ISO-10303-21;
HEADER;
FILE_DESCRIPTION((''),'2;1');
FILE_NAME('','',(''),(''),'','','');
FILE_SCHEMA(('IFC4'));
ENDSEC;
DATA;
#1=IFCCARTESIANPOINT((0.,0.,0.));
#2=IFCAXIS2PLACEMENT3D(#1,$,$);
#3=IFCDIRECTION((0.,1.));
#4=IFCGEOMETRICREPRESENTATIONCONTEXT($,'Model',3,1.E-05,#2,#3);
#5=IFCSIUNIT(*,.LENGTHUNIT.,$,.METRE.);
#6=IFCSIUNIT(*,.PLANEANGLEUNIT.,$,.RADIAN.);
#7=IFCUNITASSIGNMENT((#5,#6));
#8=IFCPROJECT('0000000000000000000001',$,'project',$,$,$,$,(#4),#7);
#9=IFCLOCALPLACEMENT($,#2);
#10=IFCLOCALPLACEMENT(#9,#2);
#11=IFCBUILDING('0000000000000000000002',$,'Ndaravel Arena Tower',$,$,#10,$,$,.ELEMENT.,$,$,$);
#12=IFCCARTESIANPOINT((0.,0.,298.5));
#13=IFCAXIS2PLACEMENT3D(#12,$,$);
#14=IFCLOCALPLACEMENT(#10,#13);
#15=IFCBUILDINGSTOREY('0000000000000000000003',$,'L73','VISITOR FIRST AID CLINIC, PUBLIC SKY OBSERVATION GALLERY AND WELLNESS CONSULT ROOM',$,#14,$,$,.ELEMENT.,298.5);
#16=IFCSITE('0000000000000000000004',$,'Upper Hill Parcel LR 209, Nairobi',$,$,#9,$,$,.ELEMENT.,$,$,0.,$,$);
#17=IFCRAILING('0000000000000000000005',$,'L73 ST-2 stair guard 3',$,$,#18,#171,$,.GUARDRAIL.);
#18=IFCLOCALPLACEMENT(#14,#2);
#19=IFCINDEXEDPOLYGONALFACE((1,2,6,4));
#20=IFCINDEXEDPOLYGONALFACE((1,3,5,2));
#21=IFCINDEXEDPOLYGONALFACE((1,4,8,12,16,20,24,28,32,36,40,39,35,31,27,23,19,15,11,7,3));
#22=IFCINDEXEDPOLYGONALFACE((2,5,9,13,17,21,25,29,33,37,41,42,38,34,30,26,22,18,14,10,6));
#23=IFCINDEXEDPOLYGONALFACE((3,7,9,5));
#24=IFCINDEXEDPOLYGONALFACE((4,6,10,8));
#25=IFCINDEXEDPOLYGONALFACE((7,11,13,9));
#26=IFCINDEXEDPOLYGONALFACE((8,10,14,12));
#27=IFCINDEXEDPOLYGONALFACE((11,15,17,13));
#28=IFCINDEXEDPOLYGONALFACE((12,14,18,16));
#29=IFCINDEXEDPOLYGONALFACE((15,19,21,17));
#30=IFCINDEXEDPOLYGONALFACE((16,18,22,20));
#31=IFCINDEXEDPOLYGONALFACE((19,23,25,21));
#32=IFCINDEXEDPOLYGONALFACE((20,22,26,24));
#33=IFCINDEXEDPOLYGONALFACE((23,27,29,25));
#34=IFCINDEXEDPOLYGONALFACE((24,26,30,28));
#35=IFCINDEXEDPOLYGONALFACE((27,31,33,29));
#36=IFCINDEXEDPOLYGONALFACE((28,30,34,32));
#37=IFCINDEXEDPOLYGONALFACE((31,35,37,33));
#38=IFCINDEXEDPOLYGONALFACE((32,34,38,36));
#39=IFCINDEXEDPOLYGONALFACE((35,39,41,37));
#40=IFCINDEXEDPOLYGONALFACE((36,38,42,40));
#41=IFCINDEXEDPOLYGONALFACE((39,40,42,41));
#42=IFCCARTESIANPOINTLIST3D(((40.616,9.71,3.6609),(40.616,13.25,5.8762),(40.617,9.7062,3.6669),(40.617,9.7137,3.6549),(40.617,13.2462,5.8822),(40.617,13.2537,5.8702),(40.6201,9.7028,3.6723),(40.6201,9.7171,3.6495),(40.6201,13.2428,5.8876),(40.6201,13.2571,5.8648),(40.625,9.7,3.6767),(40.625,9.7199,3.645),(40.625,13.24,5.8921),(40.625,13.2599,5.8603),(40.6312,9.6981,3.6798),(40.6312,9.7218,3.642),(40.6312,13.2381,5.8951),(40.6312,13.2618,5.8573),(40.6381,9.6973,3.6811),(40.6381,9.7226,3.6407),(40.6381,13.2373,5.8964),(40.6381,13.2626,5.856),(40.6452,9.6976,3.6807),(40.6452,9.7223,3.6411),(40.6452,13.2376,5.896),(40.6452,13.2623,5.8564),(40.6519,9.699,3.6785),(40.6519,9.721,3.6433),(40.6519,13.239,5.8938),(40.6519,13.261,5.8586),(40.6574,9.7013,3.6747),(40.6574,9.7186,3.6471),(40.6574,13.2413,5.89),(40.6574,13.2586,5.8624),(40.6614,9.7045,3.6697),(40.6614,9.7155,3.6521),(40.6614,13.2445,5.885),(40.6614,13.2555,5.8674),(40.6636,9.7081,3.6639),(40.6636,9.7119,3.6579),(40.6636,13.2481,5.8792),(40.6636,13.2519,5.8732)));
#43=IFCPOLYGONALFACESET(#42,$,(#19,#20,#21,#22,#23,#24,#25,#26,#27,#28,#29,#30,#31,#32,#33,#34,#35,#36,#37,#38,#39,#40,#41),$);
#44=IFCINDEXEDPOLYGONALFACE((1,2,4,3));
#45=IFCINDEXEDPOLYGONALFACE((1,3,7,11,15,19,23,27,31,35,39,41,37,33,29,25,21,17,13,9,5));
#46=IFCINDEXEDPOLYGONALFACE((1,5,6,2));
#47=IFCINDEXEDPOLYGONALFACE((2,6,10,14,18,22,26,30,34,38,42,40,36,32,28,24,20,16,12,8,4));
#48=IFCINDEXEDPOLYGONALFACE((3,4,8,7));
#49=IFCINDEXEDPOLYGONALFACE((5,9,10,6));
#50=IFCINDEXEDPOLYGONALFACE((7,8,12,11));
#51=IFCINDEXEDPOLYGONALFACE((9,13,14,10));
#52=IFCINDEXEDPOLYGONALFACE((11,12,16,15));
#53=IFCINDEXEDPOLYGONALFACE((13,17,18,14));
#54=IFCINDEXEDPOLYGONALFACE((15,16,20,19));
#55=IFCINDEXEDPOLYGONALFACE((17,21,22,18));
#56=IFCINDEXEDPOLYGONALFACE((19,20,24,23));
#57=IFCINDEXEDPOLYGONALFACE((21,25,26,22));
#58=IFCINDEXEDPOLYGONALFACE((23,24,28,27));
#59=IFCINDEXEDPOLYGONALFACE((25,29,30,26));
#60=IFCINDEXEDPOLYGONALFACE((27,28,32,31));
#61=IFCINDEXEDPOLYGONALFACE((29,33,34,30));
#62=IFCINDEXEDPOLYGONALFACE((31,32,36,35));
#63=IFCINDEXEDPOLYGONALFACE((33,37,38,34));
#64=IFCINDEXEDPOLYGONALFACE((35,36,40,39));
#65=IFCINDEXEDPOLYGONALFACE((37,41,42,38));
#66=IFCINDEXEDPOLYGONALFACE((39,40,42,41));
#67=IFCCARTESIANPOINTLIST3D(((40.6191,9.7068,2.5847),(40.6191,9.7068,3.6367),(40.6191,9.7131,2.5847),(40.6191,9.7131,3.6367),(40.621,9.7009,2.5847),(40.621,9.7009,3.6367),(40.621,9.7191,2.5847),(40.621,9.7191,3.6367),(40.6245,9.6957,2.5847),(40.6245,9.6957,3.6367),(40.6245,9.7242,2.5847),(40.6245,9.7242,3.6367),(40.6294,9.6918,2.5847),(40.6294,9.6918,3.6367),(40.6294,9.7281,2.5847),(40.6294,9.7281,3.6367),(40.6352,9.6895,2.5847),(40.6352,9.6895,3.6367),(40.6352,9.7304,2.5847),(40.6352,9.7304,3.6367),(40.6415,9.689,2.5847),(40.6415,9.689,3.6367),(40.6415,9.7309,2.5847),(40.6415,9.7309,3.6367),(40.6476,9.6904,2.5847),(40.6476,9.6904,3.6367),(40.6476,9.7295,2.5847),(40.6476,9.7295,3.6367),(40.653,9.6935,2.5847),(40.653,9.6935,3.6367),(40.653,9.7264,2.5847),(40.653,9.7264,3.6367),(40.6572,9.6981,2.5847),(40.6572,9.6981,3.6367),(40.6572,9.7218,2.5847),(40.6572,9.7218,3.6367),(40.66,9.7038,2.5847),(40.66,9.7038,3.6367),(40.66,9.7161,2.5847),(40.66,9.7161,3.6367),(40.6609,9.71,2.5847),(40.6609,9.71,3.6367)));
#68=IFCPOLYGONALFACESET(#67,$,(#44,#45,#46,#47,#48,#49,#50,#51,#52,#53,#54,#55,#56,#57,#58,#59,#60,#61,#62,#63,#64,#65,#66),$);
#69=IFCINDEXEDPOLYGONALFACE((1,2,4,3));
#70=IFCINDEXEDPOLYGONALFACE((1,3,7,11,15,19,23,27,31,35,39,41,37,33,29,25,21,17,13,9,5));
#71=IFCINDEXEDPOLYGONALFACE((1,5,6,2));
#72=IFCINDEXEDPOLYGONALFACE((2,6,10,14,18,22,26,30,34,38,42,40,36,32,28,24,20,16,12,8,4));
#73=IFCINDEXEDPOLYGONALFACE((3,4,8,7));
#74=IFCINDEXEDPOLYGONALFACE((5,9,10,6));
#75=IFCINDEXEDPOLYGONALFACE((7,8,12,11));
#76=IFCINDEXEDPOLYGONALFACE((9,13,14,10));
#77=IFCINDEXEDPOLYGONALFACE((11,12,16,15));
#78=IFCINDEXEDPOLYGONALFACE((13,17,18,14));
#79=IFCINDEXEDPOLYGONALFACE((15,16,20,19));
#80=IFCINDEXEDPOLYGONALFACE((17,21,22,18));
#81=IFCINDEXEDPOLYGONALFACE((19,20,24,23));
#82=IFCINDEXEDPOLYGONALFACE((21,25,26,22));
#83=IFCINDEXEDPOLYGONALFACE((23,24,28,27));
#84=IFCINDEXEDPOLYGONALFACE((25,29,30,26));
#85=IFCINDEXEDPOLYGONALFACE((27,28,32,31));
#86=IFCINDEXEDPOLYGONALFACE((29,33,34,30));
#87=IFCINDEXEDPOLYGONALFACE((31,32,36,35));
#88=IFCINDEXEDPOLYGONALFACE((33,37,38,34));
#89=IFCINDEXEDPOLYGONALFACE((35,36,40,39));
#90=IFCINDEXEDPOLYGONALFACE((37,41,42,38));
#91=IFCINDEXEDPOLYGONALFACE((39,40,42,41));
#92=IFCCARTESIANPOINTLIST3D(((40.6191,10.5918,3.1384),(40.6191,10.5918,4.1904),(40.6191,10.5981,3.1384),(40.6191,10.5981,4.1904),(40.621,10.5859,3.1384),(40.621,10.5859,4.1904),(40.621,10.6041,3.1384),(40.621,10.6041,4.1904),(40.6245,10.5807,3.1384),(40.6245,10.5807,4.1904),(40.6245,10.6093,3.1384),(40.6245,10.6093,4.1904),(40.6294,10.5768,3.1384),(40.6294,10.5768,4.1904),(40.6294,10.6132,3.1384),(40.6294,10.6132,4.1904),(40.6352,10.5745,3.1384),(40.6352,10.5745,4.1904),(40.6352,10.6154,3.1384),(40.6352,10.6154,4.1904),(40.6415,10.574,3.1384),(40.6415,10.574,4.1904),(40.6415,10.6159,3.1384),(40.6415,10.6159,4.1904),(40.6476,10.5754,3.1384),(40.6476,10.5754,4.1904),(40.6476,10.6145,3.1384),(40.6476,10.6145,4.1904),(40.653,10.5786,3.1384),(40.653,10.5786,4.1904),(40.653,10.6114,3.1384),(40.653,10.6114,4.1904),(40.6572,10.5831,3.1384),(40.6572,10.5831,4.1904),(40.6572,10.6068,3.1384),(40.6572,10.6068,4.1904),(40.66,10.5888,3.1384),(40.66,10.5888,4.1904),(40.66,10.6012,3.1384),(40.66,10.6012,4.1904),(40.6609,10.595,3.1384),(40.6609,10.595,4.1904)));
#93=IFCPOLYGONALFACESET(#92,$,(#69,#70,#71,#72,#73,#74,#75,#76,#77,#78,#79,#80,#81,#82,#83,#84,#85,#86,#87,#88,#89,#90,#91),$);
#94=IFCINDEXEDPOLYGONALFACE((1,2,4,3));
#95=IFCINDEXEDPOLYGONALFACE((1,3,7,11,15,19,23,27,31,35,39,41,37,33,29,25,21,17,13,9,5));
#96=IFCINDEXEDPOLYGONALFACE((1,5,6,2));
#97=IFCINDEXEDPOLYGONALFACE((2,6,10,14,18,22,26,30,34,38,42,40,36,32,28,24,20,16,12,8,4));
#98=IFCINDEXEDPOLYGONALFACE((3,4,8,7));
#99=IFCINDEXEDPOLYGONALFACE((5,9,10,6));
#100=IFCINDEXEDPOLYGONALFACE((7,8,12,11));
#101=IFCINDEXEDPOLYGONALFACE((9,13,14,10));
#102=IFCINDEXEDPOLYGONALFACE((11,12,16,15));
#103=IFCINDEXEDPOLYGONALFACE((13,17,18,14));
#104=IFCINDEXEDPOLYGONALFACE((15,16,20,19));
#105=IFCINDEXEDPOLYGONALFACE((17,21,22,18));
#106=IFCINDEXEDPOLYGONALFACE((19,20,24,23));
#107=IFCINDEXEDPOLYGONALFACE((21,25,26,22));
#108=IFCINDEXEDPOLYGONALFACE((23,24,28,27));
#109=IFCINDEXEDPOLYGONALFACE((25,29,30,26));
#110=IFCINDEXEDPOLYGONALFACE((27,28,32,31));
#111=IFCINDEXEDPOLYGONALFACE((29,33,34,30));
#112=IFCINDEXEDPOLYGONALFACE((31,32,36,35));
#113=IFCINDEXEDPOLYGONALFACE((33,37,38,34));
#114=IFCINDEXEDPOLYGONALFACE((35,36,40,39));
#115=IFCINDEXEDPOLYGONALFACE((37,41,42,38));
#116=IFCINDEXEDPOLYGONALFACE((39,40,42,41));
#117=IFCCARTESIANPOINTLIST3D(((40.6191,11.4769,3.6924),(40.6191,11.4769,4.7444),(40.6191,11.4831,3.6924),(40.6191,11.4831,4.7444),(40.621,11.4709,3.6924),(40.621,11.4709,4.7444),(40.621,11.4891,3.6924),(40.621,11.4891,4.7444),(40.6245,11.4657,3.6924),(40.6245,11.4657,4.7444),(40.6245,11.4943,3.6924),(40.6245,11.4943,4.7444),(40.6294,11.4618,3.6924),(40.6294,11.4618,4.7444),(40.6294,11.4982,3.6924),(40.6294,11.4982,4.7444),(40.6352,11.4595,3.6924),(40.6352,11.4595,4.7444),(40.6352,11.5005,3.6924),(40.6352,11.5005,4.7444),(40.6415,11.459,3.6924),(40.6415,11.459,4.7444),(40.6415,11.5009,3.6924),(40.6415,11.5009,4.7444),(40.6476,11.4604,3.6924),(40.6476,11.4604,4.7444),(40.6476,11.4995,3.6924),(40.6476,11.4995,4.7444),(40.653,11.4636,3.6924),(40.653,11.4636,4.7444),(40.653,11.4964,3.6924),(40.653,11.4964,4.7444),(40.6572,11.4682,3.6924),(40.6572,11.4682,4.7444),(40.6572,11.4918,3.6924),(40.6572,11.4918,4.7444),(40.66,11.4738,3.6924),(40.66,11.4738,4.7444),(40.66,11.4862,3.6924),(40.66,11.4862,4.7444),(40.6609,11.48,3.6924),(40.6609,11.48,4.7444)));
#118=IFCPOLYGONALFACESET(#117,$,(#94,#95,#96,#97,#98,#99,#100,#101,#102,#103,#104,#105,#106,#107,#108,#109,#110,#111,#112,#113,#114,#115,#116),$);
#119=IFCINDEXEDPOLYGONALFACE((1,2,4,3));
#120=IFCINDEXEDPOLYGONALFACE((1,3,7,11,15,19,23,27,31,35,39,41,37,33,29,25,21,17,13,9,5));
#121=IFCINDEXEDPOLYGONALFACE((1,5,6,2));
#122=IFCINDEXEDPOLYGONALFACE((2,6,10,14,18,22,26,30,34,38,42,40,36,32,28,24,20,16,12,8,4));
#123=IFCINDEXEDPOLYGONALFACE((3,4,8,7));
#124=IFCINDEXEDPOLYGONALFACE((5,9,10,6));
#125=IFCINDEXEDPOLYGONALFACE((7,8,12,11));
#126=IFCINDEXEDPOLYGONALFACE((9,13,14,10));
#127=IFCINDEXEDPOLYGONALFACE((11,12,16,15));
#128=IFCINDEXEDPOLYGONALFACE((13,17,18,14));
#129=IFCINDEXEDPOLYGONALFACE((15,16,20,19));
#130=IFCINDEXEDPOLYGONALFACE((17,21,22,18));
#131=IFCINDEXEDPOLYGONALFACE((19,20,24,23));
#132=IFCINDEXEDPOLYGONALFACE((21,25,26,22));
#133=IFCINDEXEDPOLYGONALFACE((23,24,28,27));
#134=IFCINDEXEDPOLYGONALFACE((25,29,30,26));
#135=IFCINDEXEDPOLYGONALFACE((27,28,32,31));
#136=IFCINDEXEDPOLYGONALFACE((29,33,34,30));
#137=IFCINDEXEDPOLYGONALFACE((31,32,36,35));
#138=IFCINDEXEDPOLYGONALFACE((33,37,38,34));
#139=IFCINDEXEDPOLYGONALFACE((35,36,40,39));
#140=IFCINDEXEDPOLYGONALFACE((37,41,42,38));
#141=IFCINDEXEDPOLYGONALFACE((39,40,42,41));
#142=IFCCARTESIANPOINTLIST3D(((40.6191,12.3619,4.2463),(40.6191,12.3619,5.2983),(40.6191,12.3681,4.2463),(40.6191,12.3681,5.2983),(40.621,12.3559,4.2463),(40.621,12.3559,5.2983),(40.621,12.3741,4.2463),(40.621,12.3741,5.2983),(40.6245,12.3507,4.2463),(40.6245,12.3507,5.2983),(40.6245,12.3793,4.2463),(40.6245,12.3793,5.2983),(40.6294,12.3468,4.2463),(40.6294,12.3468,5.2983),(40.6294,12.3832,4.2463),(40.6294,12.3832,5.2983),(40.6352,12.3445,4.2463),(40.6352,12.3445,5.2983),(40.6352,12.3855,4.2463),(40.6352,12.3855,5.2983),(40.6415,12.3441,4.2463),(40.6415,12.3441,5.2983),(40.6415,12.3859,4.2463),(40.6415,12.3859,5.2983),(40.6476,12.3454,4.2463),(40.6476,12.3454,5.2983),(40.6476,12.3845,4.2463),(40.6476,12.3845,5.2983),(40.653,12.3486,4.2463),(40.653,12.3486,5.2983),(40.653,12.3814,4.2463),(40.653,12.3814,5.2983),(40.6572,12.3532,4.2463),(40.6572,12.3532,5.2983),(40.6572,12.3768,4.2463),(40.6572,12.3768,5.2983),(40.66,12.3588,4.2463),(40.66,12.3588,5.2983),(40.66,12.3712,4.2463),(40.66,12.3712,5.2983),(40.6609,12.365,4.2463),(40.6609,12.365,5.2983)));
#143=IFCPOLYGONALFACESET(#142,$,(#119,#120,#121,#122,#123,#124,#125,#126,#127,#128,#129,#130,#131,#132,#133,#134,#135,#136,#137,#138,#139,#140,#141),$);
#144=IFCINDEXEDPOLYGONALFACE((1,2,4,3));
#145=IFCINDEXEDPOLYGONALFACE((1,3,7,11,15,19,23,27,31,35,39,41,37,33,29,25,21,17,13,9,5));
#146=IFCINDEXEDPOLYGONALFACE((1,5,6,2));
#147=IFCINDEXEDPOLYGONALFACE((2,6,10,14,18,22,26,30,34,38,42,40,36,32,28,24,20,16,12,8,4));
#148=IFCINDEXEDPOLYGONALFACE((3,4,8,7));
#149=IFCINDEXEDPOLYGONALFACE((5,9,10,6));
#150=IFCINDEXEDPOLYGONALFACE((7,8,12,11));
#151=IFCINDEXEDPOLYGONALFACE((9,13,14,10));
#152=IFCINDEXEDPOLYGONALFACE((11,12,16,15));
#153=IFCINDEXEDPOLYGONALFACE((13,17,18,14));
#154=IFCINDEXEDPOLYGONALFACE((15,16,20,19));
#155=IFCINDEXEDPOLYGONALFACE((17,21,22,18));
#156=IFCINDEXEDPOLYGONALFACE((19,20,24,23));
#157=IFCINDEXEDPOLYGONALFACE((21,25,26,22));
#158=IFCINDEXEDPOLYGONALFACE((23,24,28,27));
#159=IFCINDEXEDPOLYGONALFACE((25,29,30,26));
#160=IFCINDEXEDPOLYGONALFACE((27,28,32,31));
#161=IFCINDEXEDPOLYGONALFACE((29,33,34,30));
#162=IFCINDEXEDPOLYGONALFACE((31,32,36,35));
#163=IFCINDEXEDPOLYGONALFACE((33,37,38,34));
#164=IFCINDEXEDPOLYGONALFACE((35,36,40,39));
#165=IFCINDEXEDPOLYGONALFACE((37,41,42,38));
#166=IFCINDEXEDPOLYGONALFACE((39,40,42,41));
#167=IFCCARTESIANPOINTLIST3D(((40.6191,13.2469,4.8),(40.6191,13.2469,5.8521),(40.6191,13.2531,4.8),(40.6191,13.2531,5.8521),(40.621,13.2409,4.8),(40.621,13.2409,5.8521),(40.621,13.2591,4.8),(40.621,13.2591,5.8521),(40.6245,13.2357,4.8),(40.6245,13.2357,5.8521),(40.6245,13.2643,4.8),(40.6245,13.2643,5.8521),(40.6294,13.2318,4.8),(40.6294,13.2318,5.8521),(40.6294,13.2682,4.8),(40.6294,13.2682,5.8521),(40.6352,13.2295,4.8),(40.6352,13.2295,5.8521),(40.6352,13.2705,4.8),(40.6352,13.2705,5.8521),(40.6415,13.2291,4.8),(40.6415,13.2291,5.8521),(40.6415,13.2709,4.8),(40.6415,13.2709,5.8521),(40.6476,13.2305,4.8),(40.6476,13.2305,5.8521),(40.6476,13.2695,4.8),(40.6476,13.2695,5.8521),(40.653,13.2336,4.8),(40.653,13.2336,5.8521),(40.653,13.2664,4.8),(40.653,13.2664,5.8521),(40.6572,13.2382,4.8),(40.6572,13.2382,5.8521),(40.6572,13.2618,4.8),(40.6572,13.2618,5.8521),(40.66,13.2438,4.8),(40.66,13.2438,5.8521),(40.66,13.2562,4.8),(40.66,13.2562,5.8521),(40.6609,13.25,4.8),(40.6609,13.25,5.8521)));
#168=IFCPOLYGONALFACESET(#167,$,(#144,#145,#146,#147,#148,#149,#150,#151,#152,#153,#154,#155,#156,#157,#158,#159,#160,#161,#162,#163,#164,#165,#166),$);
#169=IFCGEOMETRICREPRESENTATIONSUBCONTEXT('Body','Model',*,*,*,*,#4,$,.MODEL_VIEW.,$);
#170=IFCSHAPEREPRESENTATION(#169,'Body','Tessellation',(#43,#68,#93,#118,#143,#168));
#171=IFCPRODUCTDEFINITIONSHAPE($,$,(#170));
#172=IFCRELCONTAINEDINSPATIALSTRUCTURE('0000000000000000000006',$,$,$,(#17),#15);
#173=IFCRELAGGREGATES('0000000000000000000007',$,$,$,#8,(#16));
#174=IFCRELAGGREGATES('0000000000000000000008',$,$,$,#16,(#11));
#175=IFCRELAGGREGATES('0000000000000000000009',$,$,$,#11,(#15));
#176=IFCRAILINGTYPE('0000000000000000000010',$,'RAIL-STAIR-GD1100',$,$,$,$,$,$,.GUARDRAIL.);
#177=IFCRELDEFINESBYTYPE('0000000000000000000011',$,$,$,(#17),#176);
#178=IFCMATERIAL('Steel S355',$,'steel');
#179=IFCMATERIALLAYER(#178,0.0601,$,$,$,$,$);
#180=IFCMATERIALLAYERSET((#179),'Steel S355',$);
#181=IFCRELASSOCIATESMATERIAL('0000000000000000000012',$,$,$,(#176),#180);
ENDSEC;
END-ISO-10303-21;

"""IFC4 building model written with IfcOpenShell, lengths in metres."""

from ifc_helpers import new_model, si_unit, direction, frame, origin, origin_2d, place, context, subcontext, project, spatial, circle, extrude, material, layer, layer_set, type_object, element, save


model = new_model("IFC4")

# Units and contexts
model_context = context("Model", 3, precision=1e-05, world=origin(), true_north=direction((0.0, 1.0)))
body_context = subcontext(model_context, "Body", "Model", "MODEL_VIEW")
ifc_project = project(units=[si_unit("LENGTHUNIT", "METRE"), si_unit("PLANEANGLEUNIT", "RADIAN")], contexts=[model_context])

# Site, building, storey
site_placement = place(None, origin())
site = spatial("IfcSite", under=ifc_project, at=site_placement, Name="Upper Hill Parcel LR 209, Nairobi", CompositionType="ELEMENT", RefElevation=0.0)
building_placement = place(site_placement, origin())
building = spatial("IfcBuilding", under=site, at=building_placement, Name="Ndaravel Arena Tower", CompositionType="ELEMENT")
storey_placement = place(building_placement, frame((0.0, 0.0, 298.5)))
storey = spatial("IfcBuildingStorey", under=building, at=storey_placement, Name="L73", Description="VISITOR FIRST AID CLINIC, PUBLIC SKY OBSERVATION GALLERY AND WELLNESS CONSULT ROOM", CompositionType="ELEMENT", Elevation=298.5)

# Railing
ifc_material_1 = material(Name="Steel S355", Category="steel")
ifc_layer_1 = layer(ifc_material_1, 0.0601)
ifc_layer_set_1 = layer_set([ifc_layer_1], Name="Steel S355")
railing_type_1 = type_object("IfcRailingType", Name="RAIL-STAIR-GD1100", PredefinedType="GUARDRAIL", material=ifc_layer_set_1)
railing_1_placement = place(storey_placement, frame((40.6399, 9.71, 2.5847)))
element("IfcRailing", 1, at=railing_1_placement, inside=storey, type_object=railing_type_1, Name="L73 ST-2 stair guard 3", PredefinedType="GUARDRAIL", context=body_context, shape_type="SweptSolid", body=[
    extrude(circle(Radius=0.0239, at=origin_2d()), frame((0.0, 0.0, 1.0762), z_axis=(0.0, 0.847696, 0.530482), x_axis=(-1.0, 0.0, 0.0)), (0.0, 0.0, 1.0), 4.176),
    extrude(circle(Radius=0.021, at=origin_2d()), origin(), (0.0, 0.0, 1.0), 1.052),
    extrude(circle(Radius=0.021, at=origin_2d()), frame((0.0, 0.885, 0.5537)), (0.0, 0.0, 1.0), 1.052),
    extrude(circle(Radius=0.021, at=origin_2d()), frame((0.0, 1.77, 1.1077)), (0.0, 0.0, 1.0), 1.052),
    extrude(circle(Radius=0.021, at=origin_2d()), frame((0.0, 2.655, 1.6616)), (0.0, 0.0, 1.0), 1.052),
    extrude(circle(Radius=0.021, at=origin_2d()), frame((0.0, 3.54, 2.2153)), (0.0, 0.0, 1.0), 1.052),
])

save(model, "model.ifc")
